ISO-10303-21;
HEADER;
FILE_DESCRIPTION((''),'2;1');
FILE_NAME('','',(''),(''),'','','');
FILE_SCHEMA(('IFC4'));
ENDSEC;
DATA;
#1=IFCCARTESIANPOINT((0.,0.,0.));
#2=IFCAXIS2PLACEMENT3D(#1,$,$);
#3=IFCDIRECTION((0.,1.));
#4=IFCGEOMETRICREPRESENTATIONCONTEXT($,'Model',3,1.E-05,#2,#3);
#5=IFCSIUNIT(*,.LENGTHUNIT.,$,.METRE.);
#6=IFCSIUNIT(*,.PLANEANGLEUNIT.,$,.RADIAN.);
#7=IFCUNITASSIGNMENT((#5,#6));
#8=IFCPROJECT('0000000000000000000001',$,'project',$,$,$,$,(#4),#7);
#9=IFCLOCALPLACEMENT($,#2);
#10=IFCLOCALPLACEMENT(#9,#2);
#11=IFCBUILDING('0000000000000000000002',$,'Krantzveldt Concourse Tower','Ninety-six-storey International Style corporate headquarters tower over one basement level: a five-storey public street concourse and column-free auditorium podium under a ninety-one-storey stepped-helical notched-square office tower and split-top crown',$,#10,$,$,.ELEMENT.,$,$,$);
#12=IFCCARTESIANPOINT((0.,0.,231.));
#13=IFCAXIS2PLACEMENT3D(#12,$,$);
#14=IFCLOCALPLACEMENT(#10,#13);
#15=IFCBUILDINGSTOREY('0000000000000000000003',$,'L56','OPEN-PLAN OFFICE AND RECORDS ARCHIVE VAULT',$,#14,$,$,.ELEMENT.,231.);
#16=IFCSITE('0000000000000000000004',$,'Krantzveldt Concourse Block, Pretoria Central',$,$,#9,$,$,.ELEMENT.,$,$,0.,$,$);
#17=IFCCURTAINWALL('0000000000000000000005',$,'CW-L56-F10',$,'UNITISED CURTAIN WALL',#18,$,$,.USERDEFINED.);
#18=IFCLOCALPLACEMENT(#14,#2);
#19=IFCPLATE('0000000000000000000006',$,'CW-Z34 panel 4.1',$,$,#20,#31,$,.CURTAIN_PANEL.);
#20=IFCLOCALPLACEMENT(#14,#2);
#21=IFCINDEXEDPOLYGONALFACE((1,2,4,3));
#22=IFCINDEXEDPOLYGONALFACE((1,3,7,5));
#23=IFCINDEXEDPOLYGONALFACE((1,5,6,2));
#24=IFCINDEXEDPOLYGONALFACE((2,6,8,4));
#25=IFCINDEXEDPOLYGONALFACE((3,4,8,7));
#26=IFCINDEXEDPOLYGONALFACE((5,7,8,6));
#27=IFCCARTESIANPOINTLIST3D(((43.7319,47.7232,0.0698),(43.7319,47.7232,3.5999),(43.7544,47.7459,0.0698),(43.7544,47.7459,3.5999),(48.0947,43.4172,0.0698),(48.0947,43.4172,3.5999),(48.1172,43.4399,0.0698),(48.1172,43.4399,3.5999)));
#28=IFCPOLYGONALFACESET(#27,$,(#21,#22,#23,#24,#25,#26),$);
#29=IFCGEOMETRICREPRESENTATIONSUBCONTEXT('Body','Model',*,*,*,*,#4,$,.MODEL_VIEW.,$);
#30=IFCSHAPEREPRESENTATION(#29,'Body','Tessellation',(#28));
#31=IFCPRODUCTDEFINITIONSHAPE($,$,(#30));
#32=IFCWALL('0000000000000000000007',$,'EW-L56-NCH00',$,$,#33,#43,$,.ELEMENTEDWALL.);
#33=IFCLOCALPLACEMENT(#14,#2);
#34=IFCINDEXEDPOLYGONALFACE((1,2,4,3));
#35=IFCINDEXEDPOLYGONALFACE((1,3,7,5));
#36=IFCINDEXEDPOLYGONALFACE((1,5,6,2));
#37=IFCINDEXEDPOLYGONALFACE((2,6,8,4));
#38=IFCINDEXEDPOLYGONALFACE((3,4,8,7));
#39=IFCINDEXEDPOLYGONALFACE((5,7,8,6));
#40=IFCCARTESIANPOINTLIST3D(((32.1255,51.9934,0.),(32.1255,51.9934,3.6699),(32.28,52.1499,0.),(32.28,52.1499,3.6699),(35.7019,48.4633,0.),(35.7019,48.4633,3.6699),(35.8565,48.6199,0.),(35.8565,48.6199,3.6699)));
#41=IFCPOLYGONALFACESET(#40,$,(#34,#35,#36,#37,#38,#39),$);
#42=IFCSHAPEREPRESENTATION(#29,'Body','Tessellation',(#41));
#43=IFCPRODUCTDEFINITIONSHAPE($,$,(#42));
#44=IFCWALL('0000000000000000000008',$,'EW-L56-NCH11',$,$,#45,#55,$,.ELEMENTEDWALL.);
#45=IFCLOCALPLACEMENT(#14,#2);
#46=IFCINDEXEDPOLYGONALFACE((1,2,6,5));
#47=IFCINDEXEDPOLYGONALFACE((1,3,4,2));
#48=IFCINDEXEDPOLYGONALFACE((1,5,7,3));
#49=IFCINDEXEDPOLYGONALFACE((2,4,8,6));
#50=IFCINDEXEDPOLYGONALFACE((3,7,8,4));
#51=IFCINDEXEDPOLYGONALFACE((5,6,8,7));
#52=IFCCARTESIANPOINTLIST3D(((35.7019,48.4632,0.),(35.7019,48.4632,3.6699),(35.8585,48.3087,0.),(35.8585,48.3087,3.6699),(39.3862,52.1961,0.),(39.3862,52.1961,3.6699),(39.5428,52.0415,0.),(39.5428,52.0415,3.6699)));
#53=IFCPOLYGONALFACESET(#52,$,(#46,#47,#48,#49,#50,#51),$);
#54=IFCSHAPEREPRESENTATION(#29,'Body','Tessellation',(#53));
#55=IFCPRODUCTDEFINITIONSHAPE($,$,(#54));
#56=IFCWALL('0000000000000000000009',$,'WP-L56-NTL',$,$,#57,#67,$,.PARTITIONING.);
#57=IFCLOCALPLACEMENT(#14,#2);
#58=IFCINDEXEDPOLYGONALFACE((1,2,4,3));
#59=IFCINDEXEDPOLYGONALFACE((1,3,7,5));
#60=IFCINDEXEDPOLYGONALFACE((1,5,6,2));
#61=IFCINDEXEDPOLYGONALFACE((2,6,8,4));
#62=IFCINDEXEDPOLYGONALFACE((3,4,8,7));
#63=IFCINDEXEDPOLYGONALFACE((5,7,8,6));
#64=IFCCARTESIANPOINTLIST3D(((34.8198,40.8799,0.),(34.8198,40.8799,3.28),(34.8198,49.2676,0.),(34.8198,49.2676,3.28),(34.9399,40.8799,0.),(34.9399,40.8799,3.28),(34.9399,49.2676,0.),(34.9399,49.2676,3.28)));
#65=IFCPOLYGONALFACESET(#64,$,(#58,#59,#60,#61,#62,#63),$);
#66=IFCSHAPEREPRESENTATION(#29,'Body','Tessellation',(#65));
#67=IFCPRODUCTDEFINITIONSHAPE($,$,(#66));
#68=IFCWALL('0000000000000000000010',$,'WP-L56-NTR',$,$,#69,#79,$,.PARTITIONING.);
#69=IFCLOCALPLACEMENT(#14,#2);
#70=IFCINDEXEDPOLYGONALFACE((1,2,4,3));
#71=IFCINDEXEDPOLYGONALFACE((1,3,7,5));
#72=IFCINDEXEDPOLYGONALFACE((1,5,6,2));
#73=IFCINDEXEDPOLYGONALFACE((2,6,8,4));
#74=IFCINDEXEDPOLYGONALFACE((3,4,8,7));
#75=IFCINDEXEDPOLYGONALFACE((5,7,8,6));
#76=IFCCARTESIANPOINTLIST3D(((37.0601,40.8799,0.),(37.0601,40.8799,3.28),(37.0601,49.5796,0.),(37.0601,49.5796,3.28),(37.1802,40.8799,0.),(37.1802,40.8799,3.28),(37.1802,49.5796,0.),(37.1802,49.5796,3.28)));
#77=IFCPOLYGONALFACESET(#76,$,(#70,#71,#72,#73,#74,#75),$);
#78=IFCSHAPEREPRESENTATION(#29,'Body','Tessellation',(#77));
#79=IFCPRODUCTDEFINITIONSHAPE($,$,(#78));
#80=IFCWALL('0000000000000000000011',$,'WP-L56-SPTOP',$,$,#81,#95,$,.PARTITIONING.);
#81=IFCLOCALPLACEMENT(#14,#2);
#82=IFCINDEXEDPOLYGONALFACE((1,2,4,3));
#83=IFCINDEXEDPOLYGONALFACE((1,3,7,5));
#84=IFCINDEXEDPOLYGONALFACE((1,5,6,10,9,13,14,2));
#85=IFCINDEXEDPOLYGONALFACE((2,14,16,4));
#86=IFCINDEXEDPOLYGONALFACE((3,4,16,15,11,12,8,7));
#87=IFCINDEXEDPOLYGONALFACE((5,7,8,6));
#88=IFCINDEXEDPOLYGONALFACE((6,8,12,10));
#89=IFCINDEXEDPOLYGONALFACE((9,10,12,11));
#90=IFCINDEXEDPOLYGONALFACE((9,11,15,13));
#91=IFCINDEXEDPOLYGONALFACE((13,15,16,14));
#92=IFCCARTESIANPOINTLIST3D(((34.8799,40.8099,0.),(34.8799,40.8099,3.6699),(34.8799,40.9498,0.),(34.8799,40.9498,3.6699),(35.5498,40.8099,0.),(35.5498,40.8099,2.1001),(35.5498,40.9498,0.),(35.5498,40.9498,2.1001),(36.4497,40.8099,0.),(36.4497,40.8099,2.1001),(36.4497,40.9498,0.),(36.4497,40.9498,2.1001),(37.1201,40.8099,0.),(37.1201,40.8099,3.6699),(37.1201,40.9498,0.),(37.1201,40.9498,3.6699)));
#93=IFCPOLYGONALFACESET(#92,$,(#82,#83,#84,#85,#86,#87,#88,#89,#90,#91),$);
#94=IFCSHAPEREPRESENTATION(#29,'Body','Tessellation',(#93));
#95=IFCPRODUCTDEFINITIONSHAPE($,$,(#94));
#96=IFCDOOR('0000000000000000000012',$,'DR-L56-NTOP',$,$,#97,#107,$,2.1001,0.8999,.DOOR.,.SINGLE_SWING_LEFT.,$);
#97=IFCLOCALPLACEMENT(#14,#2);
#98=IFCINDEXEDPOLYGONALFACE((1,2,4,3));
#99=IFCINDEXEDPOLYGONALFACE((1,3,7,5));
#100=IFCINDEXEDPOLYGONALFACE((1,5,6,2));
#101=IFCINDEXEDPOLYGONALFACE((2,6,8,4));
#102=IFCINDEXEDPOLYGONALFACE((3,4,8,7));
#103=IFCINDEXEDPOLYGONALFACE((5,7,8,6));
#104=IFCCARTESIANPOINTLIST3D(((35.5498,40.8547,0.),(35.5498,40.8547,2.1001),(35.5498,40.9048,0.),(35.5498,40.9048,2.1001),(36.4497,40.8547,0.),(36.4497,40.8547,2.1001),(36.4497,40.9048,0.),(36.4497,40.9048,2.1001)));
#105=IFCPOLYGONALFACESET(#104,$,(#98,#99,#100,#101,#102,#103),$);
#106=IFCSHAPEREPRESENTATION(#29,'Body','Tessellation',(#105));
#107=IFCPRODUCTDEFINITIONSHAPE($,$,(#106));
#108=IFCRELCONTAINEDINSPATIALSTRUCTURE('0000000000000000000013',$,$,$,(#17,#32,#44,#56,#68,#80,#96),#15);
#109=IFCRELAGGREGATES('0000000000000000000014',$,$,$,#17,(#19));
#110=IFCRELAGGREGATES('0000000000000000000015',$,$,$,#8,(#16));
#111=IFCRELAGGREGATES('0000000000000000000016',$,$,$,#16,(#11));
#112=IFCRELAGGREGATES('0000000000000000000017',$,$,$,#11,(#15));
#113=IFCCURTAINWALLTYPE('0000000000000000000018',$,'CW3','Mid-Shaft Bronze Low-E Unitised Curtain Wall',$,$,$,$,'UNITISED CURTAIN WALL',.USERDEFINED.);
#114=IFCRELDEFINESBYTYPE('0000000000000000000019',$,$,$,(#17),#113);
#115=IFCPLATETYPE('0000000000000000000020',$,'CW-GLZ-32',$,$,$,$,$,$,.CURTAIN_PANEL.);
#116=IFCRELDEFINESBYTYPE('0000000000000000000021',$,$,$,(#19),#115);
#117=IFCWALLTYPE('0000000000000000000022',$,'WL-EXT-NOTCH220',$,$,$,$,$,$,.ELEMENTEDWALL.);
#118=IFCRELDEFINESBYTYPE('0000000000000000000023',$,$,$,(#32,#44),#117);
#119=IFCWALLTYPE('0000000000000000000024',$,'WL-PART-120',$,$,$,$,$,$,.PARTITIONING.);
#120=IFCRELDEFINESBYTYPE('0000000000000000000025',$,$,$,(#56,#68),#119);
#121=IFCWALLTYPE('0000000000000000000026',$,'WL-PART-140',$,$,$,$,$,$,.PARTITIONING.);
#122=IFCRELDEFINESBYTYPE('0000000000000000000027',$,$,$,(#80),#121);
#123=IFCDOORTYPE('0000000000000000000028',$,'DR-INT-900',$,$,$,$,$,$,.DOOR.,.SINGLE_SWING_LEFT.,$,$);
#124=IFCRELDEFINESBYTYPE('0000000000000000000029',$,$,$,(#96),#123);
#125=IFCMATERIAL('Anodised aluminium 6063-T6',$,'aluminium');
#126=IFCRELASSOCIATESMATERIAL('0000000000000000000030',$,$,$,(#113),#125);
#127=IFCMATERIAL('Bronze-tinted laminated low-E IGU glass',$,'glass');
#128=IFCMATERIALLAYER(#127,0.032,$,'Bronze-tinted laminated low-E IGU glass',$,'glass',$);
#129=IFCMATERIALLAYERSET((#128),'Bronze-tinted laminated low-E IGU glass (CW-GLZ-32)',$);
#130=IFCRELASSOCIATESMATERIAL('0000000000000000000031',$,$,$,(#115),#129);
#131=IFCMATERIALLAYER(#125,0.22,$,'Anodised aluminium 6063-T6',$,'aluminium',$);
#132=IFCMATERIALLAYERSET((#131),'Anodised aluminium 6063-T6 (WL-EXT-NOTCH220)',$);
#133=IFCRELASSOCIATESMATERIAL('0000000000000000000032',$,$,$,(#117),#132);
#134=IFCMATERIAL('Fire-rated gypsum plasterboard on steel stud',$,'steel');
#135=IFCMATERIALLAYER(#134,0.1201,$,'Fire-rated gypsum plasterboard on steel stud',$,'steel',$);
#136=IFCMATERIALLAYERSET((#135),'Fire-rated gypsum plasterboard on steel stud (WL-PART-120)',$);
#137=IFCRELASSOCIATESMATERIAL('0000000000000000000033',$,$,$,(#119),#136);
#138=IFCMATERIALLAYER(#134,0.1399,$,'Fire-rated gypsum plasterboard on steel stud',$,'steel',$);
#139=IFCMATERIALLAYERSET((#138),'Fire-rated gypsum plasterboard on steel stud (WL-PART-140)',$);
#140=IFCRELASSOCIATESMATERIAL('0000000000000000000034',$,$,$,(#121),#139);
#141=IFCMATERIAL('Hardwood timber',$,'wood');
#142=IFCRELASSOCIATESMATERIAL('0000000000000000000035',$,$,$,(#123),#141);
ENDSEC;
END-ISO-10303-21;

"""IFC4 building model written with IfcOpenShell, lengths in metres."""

from ifc_helpers import new_model, si_unit, direction, frame, frame_2d, origin, origin_2d, place, context, subcontext, project, spatial, rectangle, extrude, source, transform, mapped, material, layer, layer_set, type_object, element, fill, aggregate, save


model = new_model("IFC4")

# Units and contexts
model_context = context("Model", 3, precision=1e-05, world=origin(), true_north=direction((0.0, 1.0)))
body_context = subcontext(model_context, "Body", "Model", "MODEL_VIEW")
ifc_project = project(units=[si_unit("LENGTHUNIT", "METRE"), si_unit("PLANEANGLEUNIT", "RADIAN")], contexts=[model_context])

# Site, building, storey
site_placement = place(None, origin())
site = spatial("IfcSite", under=ifc_project, at=site_placement, Name="Krantzveldt Concourse Block, Pretoria Central", CompositionType="ELEMENT", RefElevation=0.0)
building_placement = place(site_placement, origin())
building = spatial("IfcBuilding", under=site, at=building_placement, Name="Krantzveldt Concourse Tower", Description="Ninety-six-storey International Style corporate headquarters tower over one basement level: a five-storey public street concourse and column-free auditorium podium under a ninety-one-storey stepped-helical notched-square office tower and split-top crown", CompositionType="ELEMENT")
storey_placement = place(building_placement, frame((0.0, 0.0, 231.0)))
storey = spatial("IfcBuildingStorey", under=building, at=storey_placement, Name="L56", Description="OPEN-PLAN OFFICE AND RECORDS ARCHIVE VAULT", CompositionType="ELEMENT", Elevation=231.0)

# Curtain wall, plate
ifc_material_1 = material(Name="Anodised aluminium 6063-T6", Category="aluminium")
curtain_wall_type = type_object("IfcCurtainWallType", Name="CW3", Description="Mid-Shaft Bronze Low-E Unitised Curtain Wall", ElementType="UNITISED CURTAIN WALL", PredefinedType="USERDEFINED", material=ifc_material_1)
curtain_wall_placement = place(storey_placement, origin())
curtain_wall = element("IfcCurtainWall", 1, at=curtain_wall_placement, inside=storey, type_object=curtain_wall_type, Name="CW-L56-F10", ObjectType="UNITISED CURTAIN WALL", PredefinedType="USERDEFINED")
ifc_material_2 = material(Name="Bronze-tinted laminated low-E IGU glass", Category="glass")
ifc_layer_1 = layer(ifc_material_2, 0.032, Name="Bronze-tinted laminated low-E IGU glass", Category="glass")
ifc_layer_set_1 = layer_set([ifc_layer_1], Name="Bronze-tinted laminated low-E IGU glass (CW-GLZ-32)")
plate_type = type_object("IfcPlateType", Name="CW-GLZ-32", PredefinedType="CURTAIN_PANEL", material=ifc_layer_set_1)
shared_shape_1 = source(origin(), body_context, "Body", "SweptSolid", [
    extrude(rectangle(XDim=6.1299, YDim=0.032, at=origin_2d()), origin(), (0.0, 0.0, 1.0), 3.53),
])
plate_1_placement = place(storey_placement, frame((45.9246, 45.5815, 0.0698), z_axis=(0.0, 0.0, 1.0), x_axis=(-0.71172, 0.702464, 0.0)))
plate_1 = element("IfcPlate", 2, at=plate_1_placement, type_object=plate_type, Name="CW-Z34 panel 4.1", PredefinedType="CURTAIN_PANEL", context=body_context, shape_type="MappedRepresentation", body=[
    mapped(shared_shape_1, transform((0.0, 0.0, 0.0), x_axis=(1.0, 0.0, 0.0), y_axis=(0.0, 1.0, 0.0), z_axis=(0.0, 0.0, 1.0), scale=1.0)),
])
aggregate(curtain_wall, [plate_1])

# Walls
ifc_layer_2 = layer(ifc_material_1, 0.22, Name="Anodised aluminium 6063-T6", Category="aluminium")
ifc_layer_set_2 = layer_set([ifc_layer_2], Name="Anodised aluminium 6063-T6 (WL-EXT-NOTCH220)")
wall_type_1 = type_object("IfcWallType", Name="WL-EXT-NOTCH220", PredefinedType="ELEMENTEDWALL", material=ifc_layer_set_2)
wall_1_placement = place(storey_placement, frame((35.7793, 48.5415, 0.0), z_axis=(0.0, 0.0, 1.0), x_axis=(-0.711707, 0.702476, 0.0)))
element("IfcWall", 3, at=wall_1_placement, inside=storey, type_object=wall_type_1, Name="EW-L56-NCH00", PredefinedType="ELEMENTEDWALL", context=body_context, shape_type="SweptSolid", body=[
    extrude(rectangle(XDim=5.0251, YDim=0.22, at=frame_2d((2.5127, 0.0))), origin(), (0.0, 0.0, 1.0), 3.6699),
])
wall_2_placement = place(storey_placement, frame((39.4646, 52.1189, 0.0), z_axis=(0.0, 0.0, 1.0), x_axis=(-0.70246, -0.711723, 0.0)))
element("IfcWall", 4, at=wall_2_placement, inside=storey, type_object=wall_type_1, Name="EW-L56-NCH11", PredefinedType="ELEMENTEDWALL", context=body_context, shape_type="SweptSolid", body=[
    extrude(rectangle(XDim=5.2449, YDim=0.22, at=frame_2d((2.6226, 0.0))), origin(), (0.0, 0.0, 1.0), 3.6699),
])
ifc_material_3 = material(Name="Fire-rated gypsum plasterboard on steel stud", Category="steel")
ifc_layer_3 = layer(ifc_material_3, 0.1201, Name="Fire-rated gypsum plasterboard on steel stud", Category="steel")
ifc_layer_set_3 = layer_set([ifc_layer_3], Name="Fire-rated gypsum plasterboard on steel stud (WL-PART-120)")
wall_type_2 = type_object("IfcWallType", Name="WL-PART-120", PredefinedType="PARTITIONING", material=ifc_layer_set_3)
wall_3_placement = place(storey_placement, frame((34.8799, 40.8799, 0.0), z_axis=(0.0, 0.0, 1.0), x_axis=(0.0, 1.0, 0.0)))
element("IfcWall", 5, at=wall_3_placement, inside=storey, type_object=wall_type_2, Name="WP-L56-NTL", PredefinedType="PARTITIONING", context=body_context, shape_type="SweptSolid", body=[
    extrude(rectangle(XDim=8.3877, YDim=0.1201, at=frame_2d((4.1938, 0.0))), origin(), (0.0, 0.0, 1.0), 3.28),
])
wall_4_placement = place(storey_placement, frame((37.1201, 40.8799, 0.0), z_axis=(0.0, 0.0, 1.0), x_axis=(0.0, 1.0, 0.0)))
element("IfcWall", 6, at=wall_4_placement, inside=storey, type_object=wall_type_2, Name="WP-L56-NTR", PredefinedType="PARTITIONING", context=body_context, shape_type="SweptSolid", body=[
    extrude(rectangle(XDim=8.6997, YDim=0.1201, at=frame_2d((4.3499, 0.0))), origin(), (0.0, 0.0, 1.0), 3.28),
])

# Wall, opening, door
ifc_layer_4 = layer(ifc_material_3, 0.1399, Name="Fire-rated gypsum plasterboard on steel stud", Category="steel")
ifc_layer_set_4 = layer_set([ifc_layer_4], Name="Fire-rated gypsum plasterboard on steel stud (WL-PART-140)")
wall_type_3 = type_object("IfcWallType", Name="WL-PART-140", PredefinedType="PARTITIONING", material=ifc_layer_set_4)
wall_5_placement = place(storey_placement, frame((34.8799, 40.8799, 0.0), z_axis=(0.0, 0.0, 1.0), x_axis=(1.0, 0.0, 0.0)))
wall_5 = element("IfcWall", 7, at=wall_5_placement, inside=storey, type_object=wall_type_3, Name="WP-L56-SPTOP", PredefinedType="PARTITIONING", context=body_context, shape_type="SweptSolid", body=[
    extrude(rectangle(XDim=2.2402, YDim=0.1399, at=frame_2d((1.1201, 0.0))), origin(), (0.0, 0.0, 1.0), 3.6699),
])
opening_placement = place(wall_5_placement, frame((0.6699, 0.0, 0.0)))
opening = element("IfcOpeningElement", 8, at=opening_placement, cuts=wall_5, PredefinedType="OPENING", context=body_context, shape_type="SweptSolid", body=[
    extrude(rectangle(XDim=0.8999, YDim=2.1001, at=frame_2d((0.45, 1.05))), frame((0.0, 0.0801, 0.0), z_axis=(0.0, -1.0, 0.0), x_axis=(1.0, 0.0, 0.0)), (0.0, 0.0, 1.0), 0.1599),
])
ifc_material_4 = material(Name="Hardwood timber", Category="wood")
door_type = type_object("IfcDoorType", Name="DR-INT-900", OperationType="SINGLE_SWING_LEFT", PredefinedType="DOOR", material=ifc_material_4)
door_placement = place(opening_placement, origin())
door = element("IfcDoor", 9, at=door_placement, inside=storey, type_object=door_type, Name="DR-L56-NTOP", OperationType="SINGLE_SWING_LEFT", OverallHeight=2.1001, OverallWidth=0.8999, PredefinedType="DOOR", context=body_context, shape_type="SweptSolid", body=[
    extrude(rectangle(XDim=0.8999, YDim=2.1001, at=frame_2d((0.45, 1.05))), frame((0.0, 0.0249, 0.0), z_axis=(0.0, -1.0, 0.0), x_axis=(1.0, 0.0, 0.0)), (0.0, 0.0, 1.0), 0.05),
])
fill(opening, door)

save(model, "model.ifc")
